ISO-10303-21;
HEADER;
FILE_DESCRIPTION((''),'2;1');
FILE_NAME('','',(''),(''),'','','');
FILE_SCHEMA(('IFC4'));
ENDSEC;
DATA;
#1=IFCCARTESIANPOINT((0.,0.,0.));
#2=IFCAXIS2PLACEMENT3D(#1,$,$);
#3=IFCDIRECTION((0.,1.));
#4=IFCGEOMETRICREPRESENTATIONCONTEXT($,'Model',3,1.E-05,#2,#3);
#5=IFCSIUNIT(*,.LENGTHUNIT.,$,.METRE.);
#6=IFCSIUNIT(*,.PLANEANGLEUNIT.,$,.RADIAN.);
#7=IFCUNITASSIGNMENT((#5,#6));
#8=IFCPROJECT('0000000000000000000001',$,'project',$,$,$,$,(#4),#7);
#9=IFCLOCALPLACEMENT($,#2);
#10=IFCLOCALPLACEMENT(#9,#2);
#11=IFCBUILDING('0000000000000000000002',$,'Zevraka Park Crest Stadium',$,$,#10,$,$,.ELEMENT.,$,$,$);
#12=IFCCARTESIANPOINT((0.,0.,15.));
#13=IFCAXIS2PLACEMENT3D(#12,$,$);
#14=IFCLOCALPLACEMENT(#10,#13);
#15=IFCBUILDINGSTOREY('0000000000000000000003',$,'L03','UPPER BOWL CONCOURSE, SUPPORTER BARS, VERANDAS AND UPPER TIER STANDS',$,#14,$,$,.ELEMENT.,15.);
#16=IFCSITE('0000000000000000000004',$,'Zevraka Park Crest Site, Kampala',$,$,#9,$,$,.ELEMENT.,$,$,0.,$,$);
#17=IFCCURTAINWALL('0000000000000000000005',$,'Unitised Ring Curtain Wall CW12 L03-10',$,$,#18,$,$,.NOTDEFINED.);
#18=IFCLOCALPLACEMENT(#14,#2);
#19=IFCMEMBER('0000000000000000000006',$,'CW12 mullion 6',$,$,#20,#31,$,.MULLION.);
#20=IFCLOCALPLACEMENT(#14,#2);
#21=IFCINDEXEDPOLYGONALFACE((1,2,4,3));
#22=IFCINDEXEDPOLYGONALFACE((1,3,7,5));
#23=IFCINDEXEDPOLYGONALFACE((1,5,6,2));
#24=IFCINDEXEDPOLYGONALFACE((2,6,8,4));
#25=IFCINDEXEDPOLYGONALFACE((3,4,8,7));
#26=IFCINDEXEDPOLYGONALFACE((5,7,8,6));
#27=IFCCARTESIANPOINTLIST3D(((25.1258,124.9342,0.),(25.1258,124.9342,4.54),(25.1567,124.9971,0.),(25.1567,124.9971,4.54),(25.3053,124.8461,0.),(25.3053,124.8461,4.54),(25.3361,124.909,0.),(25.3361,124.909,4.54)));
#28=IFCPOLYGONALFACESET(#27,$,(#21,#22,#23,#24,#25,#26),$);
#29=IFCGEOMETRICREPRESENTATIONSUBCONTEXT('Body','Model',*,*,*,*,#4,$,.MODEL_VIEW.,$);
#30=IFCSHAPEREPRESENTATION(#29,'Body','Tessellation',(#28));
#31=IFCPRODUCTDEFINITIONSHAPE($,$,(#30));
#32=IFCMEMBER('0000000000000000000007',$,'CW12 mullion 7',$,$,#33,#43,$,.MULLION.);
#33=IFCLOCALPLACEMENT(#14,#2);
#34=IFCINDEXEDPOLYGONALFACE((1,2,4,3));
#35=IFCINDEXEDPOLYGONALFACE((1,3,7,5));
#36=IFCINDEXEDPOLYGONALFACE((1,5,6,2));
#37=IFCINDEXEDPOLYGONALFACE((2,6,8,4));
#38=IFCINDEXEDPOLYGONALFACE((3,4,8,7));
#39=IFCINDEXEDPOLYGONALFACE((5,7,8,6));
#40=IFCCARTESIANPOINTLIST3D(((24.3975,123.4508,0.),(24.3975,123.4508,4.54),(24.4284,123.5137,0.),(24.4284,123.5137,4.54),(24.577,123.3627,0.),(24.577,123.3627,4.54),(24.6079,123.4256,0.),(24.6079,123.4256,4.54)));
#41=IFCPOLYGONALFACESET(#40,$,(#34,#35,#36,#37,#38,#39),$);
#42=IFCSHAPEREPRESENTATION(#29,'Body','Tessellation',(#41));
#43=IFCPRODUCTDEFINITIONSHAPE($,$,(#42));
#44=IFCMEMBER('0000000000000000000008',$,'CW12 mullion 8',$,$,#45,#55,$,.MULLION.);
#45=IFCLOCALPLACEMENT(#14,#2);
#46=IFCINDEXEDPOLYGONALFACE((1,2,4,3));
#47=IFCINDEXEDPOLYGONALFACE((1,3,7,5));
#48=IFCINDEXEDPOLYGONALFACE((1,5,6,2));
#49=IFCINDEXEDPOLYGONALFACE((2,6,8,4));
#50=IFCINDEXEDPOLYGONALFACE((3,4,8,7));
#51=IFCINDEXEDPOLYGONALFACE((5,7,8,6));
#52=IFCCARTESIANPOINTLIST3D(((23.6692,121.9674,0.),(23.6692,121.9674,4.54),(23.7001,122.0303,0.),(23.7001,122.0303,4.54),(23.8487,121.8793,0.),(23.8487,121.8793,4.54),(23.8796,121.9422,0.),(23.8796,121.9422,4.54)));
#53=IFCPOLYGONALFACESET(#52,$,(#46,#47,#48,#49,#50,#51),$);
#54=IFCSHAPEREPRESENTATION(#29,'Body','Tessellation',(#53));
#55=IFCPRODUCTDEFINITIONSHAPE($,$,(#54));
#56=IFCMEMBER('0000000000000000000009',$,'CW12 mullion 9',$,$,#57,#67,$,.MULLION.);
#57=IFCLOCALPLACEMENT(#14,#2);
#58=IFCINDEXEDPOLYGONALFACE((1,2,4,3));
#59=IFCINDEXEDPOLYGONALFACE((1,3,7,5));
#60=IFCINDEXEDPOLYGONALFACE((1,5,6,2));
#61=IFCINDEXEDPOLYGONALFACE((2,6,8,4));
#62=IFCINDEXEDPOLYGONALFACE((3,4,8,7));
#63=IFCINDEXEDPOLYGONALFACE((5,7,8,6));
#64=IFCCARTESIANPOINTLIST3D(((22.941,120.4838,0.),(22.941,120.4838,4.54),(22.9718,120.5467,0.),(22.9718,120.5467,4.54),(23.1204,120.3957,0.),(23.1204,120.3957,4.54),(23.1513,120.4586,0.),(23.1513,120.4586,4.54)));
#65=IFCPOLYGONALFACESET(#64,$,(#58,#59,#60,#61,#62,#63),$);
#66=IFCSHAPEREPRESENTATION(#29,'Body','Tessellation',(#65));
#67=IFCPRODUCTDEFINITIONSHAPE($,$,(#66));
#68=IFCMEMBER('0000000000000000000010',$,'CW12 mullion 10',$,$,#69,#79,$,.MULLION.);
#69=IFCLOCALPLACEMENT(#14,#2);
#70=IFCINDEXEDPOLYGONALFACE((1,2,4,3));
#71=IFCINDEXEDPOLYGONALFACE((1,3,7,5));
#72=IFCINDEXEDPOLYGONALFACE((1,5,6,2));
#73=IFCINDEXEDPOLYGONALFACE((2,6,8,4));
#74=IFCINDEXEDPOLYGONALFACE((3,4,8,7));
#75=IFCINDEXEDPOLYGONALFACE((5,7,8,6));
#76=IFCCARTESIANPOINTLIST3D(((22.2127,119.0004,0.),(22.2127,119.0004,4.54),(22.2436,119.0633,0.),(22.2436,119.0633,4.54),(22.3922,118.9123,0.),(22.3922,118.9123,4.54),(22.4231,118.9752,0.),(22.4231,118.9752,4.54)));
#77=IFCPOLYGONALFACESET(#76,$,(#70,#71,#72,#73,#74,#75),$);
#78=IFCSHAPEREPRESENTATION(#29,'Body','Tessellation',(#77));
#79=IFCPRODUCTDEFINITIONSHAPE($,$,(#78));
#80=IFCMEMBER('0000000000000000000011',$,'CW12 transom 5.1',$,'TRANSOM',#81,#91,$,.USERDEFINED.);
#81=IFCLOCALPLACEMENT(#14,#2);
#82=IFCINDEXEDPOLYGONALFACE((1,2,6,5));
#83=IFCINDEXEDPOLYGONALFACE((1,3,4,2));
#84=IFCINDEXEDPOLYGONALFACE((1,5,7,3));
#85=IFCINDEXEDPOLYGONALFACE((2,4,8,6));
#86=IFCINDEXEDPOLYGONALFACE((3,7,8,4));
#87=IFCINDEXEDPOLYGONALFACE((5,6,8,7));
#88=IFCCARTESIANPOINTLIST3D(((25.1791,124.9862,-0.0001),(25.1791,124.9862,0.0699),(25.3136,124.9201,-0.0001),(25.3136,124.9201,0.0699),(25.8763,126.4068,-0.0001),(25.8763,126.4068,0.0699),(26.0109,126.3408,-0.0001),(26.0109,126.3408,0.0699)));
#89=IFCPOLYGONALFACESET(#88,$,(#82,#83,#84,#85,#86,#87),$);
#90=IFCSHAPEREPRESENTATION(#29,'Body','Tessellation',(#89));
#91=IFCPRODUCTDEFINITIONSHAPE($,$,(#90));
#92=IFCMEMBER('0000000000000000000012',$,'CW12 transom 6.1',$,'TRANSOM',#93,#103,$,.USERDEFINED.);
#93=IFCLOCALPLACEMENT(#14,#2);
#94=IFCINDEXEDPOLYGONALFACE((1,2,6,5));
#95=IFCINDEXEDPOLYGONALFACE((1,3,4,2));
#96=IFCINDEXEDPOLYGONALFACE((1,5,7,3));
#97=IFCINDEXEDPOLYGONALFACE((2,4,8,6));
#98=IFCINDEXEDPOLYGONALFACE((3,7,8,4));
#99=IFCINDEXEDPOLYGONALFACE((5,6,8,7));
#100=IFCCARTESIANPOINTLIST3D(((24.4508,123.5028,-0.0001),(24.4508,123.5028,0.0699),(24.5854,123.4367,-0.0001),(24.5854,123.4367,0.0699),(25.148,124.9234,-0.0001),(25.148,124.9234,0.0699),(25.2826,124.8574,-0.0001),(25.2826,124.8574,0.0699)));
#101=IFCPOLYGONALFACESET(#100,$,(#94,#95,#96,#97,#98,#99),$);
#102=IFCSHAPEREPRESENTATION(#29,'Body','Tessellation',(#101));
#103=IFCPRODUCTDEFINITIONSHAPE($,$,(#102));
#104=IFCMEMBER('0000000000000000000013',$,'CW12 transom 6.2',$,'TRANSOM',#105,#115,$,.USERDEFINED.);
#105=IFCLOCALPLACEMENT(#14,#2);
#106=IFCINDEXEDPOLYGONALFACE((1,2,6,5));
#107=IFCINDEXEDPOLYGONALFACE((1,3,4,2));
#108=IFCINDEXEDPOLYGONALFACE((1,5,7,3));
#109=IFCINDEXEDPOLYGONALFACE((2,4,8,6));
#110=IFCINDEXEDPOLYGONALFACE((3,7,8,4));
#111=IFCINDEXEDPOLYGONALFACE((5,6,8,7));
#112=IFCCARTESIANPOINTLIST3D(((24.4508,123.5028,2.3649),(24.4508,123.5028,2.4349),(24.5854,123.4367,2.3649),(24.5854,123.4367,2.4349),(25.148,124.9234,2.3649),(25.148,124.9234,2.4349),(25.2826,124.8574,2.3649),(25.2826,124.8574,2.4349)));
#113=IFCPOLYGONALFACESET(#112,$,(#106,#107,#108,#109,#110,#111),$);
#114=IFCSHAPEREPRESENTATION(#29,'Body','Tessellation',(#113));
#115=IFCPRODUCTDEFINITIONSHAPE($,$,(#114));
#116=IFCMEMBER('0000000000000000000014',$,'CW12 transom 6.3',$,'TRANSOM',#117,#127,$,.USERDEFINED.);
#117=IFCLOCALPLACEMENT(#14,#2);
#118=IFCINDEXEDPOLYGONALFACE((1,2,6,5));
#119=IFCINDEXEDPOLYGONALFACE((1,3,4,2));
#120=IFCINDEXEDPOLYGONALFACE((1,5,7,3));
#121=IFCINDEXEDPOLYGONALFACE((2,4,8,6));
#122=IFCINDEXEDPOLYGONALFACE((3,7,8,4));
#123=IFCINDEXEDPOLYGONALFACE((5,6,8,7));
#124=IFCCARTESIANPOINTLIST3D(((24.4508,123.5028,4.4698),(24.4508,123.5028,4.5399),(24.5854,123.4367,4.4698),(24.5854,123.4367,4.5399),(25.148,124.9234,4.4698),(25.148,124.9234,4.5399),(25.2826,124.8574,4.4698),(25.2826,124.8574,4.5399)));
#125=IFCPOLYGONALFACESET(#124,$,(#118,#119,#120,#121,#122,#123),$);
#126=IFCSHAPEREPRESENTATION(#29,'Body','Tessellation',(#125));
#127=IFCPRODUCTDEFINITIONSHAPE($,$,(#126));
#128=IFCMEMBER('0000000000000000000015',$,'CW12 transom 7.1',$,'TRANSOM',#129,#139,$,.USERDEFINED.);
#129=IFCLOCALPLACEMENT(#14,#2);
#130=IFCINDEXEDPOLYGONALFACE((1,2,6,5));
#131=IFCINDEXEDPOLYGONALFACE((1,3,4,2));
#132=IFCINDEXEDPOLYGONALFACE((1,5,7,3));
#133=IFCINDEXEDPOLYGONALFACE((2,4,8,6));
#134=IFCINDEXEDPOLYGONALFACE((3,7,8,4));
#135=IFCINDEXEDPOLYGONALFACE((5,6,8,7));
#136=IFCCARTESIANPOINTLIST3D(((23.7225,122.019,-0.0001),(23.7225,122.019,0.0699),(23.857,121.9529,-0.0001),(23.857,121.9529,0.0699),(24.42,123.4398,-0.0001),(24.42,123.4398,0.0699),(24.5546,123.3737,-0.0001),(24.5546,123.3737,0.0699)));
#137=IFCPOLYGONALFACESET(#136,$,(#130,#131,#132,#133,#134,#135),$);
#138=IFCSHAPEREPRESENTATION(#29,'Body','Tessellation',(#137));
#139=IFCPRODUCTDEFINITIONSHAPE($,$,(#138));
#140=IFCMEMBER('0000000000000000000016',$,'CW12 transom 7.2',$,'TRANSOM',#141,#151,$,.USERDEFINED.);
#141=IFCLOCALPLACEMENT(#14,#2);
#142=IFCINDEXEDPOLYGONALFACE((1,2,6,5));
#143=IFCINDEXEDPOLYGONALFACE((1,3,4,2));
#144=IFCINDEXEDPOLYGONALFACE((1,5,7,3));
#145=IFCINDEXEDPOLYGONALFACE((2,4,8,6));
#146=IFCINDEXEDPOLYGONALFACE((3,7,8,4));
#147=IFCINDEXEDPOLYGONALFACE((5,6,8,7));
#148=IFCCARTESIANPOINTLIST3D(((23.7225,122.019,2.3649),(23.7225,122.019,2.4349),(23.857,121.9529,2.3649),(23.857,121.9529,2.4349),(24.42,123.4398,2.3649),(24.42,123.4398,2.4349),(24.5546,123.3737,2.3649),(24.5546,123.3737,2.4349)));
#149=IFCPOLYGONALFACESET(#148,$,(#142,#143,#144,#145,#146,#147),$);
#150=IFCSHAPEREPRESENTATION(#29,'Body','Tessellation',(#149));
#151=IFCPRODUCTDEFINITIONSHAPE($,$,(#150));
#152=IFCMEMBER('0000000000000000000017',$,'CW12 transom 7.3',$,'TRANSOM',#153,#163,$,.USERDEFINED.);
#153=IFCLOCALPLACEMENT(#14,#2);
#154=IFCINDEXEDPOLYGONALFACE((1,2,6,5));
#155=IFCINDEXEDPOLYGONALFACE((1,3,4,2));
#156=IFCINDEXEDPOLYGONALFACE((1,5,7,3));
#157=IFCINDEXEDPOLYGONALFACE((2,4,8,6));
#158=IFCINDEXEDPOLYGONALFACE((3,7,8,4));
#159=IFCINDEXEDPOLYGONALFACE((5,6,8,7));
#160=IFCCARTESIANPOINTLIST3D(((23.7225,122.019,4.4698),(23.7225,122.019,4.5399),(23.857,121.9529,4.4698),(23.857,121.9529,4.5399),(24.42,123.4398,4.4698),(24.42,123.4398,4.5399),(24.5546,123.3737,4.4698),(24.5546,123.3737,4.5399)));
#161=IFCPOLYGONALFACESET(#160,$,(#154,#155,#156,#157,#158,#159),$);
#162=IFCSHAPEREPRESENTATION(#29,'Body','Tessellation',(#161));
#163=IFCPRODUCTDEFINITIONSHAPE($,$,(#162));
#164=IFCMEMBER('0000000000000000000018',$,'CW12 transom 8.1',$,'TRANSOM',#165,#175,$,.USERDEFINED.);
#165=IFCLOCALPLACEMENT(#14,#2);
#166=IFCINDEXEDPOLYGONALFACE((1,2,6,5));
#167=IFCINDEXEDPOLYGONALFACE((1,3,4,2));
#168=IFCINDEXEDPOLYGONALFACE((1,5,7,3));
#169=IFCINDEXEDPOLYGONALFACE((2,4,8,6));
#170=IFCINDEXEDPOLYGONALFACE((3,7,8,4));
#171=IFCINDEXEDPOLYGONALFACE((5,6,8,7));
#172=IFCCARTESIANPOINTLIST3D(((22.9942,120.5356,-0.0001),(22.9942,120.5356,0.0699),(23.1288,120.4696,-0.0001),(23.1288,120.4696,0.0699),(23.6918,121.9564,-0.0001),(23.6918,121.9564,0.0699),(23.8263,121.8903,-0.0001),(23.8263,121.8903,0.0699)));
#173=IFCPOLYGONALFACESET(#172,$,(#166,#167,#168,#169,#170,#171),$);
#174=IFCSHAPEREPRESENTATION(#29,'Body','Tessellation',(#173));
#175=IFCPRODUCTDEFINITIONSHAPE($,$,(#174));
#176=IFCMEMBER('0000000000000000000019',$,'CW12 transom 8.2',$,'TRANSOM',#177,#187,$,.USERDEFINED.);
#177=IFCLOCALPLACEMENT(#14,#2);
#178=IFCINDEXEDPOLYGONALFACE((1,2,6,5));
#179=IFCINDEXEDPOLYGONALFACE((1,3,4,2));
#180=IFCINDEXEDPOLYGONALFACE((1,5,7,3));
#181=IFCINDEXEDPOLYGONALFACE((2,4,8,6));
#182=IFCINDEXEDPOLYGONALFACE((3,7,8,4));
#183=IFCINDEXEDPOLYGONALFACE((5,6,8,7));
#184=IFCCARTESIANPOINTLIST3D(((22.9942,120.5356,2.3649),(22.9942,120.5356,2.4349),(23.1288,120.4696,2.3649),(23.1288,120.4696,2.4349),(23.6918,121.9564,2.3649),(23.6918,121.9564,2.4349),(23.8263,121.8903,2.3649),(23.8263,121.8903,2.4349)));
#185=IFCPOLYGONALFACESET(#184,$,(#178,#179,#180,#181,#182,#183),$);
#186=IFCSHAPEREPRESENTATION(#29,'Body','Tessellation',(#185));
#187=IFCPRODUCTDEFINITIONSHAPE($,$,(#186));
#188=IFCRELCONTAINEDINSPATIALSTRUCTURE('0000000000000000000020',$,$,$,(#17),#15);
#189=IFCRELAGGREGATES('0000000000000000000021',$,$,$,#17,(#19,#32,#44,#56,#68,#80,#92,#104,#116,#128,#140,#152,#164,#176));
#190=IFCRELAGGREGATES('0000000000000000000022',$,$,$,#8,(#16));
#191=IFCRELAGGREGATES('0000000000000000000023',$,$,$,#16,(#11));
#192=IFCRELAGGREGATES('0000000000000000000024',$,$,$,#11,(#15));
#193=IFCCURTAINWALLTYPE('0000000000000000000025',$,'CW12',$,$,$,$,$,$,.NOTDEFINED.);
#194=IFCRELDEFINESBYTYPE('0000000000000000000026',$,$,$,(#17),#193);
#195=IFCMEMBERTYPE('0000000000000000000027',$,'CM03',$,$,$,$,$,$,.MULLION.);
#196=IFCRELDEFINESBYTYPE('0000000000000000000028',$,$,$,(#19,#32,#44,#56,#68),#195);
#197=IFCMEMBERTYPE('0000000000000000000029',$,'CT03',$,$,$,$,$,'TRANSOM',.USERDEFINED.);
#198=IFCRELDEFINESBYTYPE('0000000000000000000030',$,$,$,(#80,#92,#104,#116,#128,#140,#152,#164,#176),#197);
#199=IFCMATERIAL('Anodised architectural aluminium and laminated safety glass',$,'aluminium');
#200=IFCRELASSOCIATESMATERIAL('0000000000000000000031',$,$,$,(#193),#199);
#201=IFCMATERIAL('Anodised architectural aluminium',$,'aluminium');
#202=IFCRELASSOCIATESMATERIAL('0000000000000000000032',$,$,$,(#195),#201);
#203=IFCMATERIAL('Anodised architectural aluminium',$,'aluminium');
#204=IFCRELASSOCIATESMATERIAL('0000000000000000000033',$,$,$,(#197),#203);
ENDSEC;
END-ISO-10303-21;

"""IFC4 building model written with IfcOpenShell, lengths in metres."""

from ifc_helpers import new_model, si_unit, direction, frame, origin, origin_2d, place, context, subcontext, project, spatial, rectangle, extrude, material, material_profile, profile_set, type_object, element, aggregate, save


model = new_model("IFC4")

# Units and contexts
model_context = context("Model", 3, precision=1e-05, world=origin(), true_north=direction((0.0, 1.0)))
body_context = subcontext(model_context, "Body", "Model", "MODEL_VIEW")
ifc_project = project(units=[si_unit("LENGTHUNIT", "METRE"), si_unit("PLANEANGLEUNIT", "RADIAN")], contexts=[model_context])

# Site, building, storey
site_placement = place(None, origin())
site = spatial("IfcSite", under=ifc_project, at=site_placement, Name="Zevraka Park Crest Site, Kampala", CompositionType="ELEMENT", RefElevation=0.0)
building_placement = place(site_placement, origin())
building = spatial("IfcBuilding", under=site, at=building_placement, Name="Zevraka Park Crest Stadium", CompositionType="ELEMENT")
storey_placement = place(building_placement, frame((0.0, 0.0, 15.0)))
storey = spatial("IfcBuildingStorey", under=building, at=storey_placement, Name="L03", Description="UPPER BOWL CONCOURSE, SUPPORTER BARS, VERANDAS AND UPPER TIER STANDS", CompositionType="ELEMENT", Elevation=15.0)

# Curtain wall, members
ifc_material_1 = material(Name="Anodised architectural aluminium and laminated safety glass", Category="aluminium")
curtain_wall_type = type_object("IfcCurtainWallType", Name="CW12", PredefinedType="NOTDEFINED", material=ifc_material_1)
curtain_wall_placement = place(storey_placement, origin())
curtain_wall = element("IfcCurtainWall", 1, at=curtain_wall_placement, inside=storey, type_object=curtain_wall_type, Name="Unitised Ring Curtain Wall CW12 L03-10", PredefinedType="NOTDEFINED")
ifc_material_2 = material(Name="Anodised architectural aluminium", Category="aluminium")
ifc_material_profile_1 = material_profile(ifc_material_2, rectangle(XDim=0.2, YDim=0.0701, at=origin_2d()), Name="ALU MULLION 200x70")
ifc_profile_set_1 = profile_set([ifc_material_profile_1], Name="Anodised architectural aluminium")
member_type_1 = type_object("IfcMemberType", Name="CM03", PredefinedType="MULLION", material=ifc_profile_set_1)
member_1_placement = place(storey_placement, frame((25.231, 124.9216, 0.0), z_axis=(0.0, 0.0, 1.0), x_axis=(0.897671, -0.440666, 0.0)))
member_1 = element("IfcMember", 2, at=member_1_placement, type_object=member_type_1, Name="CW12 mullion 6", PredefinedType="MULLION", context=body_context, shape_type="SweptSolid", body=[
    extrude(rectangle(XDim=0.2, YDim=0.0701, at=origin_2d()), origin(), (0.0, 0.0, 1.0), 4.54),
])
member_2_placement = place(storey_placement, frame((24.5027, 123.4382, 0.0), z_axis=(0.0, 0.0, 1.0), x_axis=(0.897671, -0.440666, 0.0)))
member_2 = element("IfcMember", 3, at=member_2_placement, type_object=member_type_1, Name="CW12 mullion 7", PredefinedType="MULLION", context=body_context, shape_type="SweptSolid", body=[
    extrude(rectangle(XDim=0.2, YDim=0.0701, at=origin_2d()), origin(), (0.0, 0.0, 1.0), 4.54),
])
member_3_placement = place(storey_placement, frame((23.7744, 121.9548, 0.0), z_axis=(0.0, 0.0, 1.0), x_axis=(0.897671, -0.440666, 0.0)))
member_3 = element("IfcMember", 4, at=member_3_placement, type_object=member_type_1, Name="CW12 mullion 8", PredefinedType="MULLION", context=body_context, shape_type="SweptSolid", body=[
    extrude(rectangle(XDim=0.2, YDim=0.0701, at=origin_2d()), origin(), (0.0, 0.0, 1.0), 4.54),
])
member_4_placement = place(storey_placement, frame((23.0461, 120.4712, 0.0), z_axis=(0.0, 0.0, 1.0), x_axis=(0.897671, -0.440666, 0.0)))
member_4 = element("IfcMember", 5, at=member_4_placement, type_object=member_type_1, Name="CW12 mullion 9", PredefinedType="MULLION", context=body_context, shape_type="SweptSolid", body=[
    extrude(rectangle(XDim=0.2, YDim=0.0701, at=origin_2d()), origin(), (0.0, 0.0, 1.0), 4.54),
])
member_5_placement = place(storey_placement, frame((22.3179, 118.9878, 0.0), z_axis=(0.0, 0.0, 1.0), x_axis=(0.897671, -0.440666, 0.0)))
member_5 = element("IfcMember", 6, at=member_5_placement, type_object=member_type_1, Name="CW12 mullion 10", PredefinedType="MULLION", context=body_context, shape_type="SweptSolid", body=[
    extrude(rectangle(XDim=0.2, YDim=0.0701, at=origin_2d()), origin(), (0.0, 0.0, 1.0), 4.54),
])
ifc_material_3 = material(Name="Anodised architectural aluminium", Category="aluminium")
ifc_material_profile_2 = material_profile(ifc_material_3, rectangle(XDim=0.1499, YDim=0.0701, at=origin_2d()), Name="ALU TRANSOM 150x70")
ifc_profile_set_2 = profile_set([ifc_material_profile_2], Name="Anodised architectural aluminium")
member_type_2 = type_object("IfcMemberType", Name="CT03", ElementType="TRANSOM", PredefinedType="USERDEFINED", material=ifc_profile_set_2)
member_6_placement = place(storey_placement, frame((25.9436, 126.3738, 0.0349), z_axis=(-0.440599, -0.897704, 0.0), x_axis=(0.897704, -0.440599, 0.0)))
member_6 = element("IfcMember", 7, at=member_6_placement, type_object=member_type_2, Name="CW12 transom 5.1", ObjectType="TRANSOM", PredefinedType="USERDEFINED", context=body_context, shape_type="SweptSolid", body=[
    extrude(rectangle(XDim=0.1499, YDim=0.0701, at=origin_2d()), origin(), (0.0, 0.0, 1.0), 1.5825),
])
member_7_placement = place(storey_placement, frame((25.2153, 124.8904, 0.0349), z_axis=(-0.440599, -0.897704, 0.0), x_axis=(0.897704, -0.440599, 0.0)))
member_7 = element("IfcMember", 8, at=member_7_placement, type_object=member_type_2, Name="CW12 transom 6.1", ObjectType="TRANSOM", PredefinedType="USERDEFINED", context=body_context, shape_type="SweptSolid", body=[
    extrude(rectangle(XDim=0.1499, YDim=0.0701, at=origin_2d()), origin(), (0.0, 0.0, 1.0), 1.5825),
])
member_8_placement = place(storey_placement, frame((25.2153, 124.8904, 2.3999), z_axis=(-0.440599, -0.897704, 0.0), x_axis=(0.897704, -0.440599, 0.0)))
member_8 = element("IfcMember", 9, at=member_8_placement, type_object=member_type_2, Name="CW12 transom 6.2", ObjectType="TRANSOM", PredefinedType="USERDEFINED", context=body_context, shape_type="SweptSolid", body=[
    extrude(rectangle(XDim=0.1499, YDim=0.0701, at=origin_2d()), origin(), (0.0, 0.0, 1.0), 1.5825),
])
member_9_placement = place(storey_placement, frame((25.2153, 124.8904, 4.5049), z_axis=(-0.440599, -0.897704, 0.0), x_axis=(0.897704, -0.440599, 0.0)))
member_9 = element("IfcMember", 10, at=member_9_placement, type_object=member_type_2, Name="CW12 transom 6.3", ObjectType="TRANSOM", PredefinedType="USERDEFINED", context=body_context, shape_type="SweptSolid", body=[
    extrude(rectangle(XDim=0.1499, YDim=0.0701, at=origin_2d()), origin(), (0.0, 0.0, 1.0), 1.5825),
])
member_10_placement = place(storey_placement, frame((24.4873, 123.4067, 0.0349), z_axis=(-0.440723, -0.897643, 0.0), x_axis=(0.897643, -0.440723, 0.0)))
member_10 = element("IfcMember", 11, at=member_10_placement, type_object=member_type_2, Name="CW12 transom 7.1", ObjectType="TRANSOM", PredefinedType="USERDEFINED", context=body_context, shape_type="SweptSolid", body=[
    extrude(rectangle(XDim=0.1499, YDim=0.0701, at=origin_2d()), origin(), (0.0, 0.0, 1.0), 1.5828),
])
member_11_placement = place(storey_placement, frame((24.4873, 123.4067, 2.3999), z_axis=(-0.440723, -0.897643, 0.0), x_axis=(0.897643, -0.440723, 0.0)))
member_11 = element("IfcMember", 12, at=member_11_placement, type_object=member_type_2, Name="CW12 transom 7.2", ObjectType="TRANSOM", PredefinedType="USERDEFINED", context=body_context, shape_type="SweptSolid", body=[
    extrude(rectangle(XDim=0.1499, YDim=0.0701, at=origin_2d()), origin(), (0.0, 0.0, 1.0), 1.5828),
])
member_12_placement = place(storey_placement, frame((24.4873, 123.4067, 4.5049), z_axis=(-0.440723, -0.897643, 0.0), x_axis=(0.897643, -0.440723, 0.0)))
member_12 = element("IfcMember", 13, at=member_12_placement, type_object=member_type_2, Name="CW12 transom 7.3", ObjectType="TRANSOM", PredefinedType="USERDEFINED", context=body_context, shape_type="SweptSolid", body=[
    extrude(rectangle(XDim=0.1499, YDim=0.0701, at=origin_2d()), origin(), (0.0, 0.0, 1.0), 1.5828),
])
member_13_placement = place(storey_placement, frame((23.759, 121.9233, 0.0349), z_axis=(-0.440723, -0.897643, 0.0), x_axis=(0.897643, -0.440723, 0.0)))
member_13 = element("IfcMember", 14, at=member_13_placement, type_object=member_type_2, Name="CW12 transom 8.1", ObjectType="TRANSOM", PredefinedType="USERDEFINED", context=body_context, shape_type="SweptSolid", body=[
    extrude(rectangle(XDim=0.1499, YDim=0.0701, at=origin_2d()), origin(), (0.0, 0.0, 1.0), 1.5828),
])
member_14_placement = place(storey_placement, frame((23.759, 121.9233, 2.3999), z_axis=(-0.440723, -0.897643, 0.0), x_axis=(0.897643, -0.440723, 0.0)))
member_14 = element("IfcMember", 15, at=member_14_placement, type_object=member_type_2, Name="CW12 transom 8.2", ObjectType="TRANSOM", PredefinedType="USERDEFINED", context=body_context, shape_type="SweptSolid", body=[
    extrude(rectangle(XDim=0.1499, YDim=0.0701, at=origin_2d()), origin(), (0.0, 0.0, 1.0), 1.5828),
])
aggregate(curtain_wall, [member_1, member_2, member_3, member_4, member_5, member_6, member_7, member_8, member_9, member_10, member_11, member_12, member_13, member_14])

save(model, "model.ifc")
